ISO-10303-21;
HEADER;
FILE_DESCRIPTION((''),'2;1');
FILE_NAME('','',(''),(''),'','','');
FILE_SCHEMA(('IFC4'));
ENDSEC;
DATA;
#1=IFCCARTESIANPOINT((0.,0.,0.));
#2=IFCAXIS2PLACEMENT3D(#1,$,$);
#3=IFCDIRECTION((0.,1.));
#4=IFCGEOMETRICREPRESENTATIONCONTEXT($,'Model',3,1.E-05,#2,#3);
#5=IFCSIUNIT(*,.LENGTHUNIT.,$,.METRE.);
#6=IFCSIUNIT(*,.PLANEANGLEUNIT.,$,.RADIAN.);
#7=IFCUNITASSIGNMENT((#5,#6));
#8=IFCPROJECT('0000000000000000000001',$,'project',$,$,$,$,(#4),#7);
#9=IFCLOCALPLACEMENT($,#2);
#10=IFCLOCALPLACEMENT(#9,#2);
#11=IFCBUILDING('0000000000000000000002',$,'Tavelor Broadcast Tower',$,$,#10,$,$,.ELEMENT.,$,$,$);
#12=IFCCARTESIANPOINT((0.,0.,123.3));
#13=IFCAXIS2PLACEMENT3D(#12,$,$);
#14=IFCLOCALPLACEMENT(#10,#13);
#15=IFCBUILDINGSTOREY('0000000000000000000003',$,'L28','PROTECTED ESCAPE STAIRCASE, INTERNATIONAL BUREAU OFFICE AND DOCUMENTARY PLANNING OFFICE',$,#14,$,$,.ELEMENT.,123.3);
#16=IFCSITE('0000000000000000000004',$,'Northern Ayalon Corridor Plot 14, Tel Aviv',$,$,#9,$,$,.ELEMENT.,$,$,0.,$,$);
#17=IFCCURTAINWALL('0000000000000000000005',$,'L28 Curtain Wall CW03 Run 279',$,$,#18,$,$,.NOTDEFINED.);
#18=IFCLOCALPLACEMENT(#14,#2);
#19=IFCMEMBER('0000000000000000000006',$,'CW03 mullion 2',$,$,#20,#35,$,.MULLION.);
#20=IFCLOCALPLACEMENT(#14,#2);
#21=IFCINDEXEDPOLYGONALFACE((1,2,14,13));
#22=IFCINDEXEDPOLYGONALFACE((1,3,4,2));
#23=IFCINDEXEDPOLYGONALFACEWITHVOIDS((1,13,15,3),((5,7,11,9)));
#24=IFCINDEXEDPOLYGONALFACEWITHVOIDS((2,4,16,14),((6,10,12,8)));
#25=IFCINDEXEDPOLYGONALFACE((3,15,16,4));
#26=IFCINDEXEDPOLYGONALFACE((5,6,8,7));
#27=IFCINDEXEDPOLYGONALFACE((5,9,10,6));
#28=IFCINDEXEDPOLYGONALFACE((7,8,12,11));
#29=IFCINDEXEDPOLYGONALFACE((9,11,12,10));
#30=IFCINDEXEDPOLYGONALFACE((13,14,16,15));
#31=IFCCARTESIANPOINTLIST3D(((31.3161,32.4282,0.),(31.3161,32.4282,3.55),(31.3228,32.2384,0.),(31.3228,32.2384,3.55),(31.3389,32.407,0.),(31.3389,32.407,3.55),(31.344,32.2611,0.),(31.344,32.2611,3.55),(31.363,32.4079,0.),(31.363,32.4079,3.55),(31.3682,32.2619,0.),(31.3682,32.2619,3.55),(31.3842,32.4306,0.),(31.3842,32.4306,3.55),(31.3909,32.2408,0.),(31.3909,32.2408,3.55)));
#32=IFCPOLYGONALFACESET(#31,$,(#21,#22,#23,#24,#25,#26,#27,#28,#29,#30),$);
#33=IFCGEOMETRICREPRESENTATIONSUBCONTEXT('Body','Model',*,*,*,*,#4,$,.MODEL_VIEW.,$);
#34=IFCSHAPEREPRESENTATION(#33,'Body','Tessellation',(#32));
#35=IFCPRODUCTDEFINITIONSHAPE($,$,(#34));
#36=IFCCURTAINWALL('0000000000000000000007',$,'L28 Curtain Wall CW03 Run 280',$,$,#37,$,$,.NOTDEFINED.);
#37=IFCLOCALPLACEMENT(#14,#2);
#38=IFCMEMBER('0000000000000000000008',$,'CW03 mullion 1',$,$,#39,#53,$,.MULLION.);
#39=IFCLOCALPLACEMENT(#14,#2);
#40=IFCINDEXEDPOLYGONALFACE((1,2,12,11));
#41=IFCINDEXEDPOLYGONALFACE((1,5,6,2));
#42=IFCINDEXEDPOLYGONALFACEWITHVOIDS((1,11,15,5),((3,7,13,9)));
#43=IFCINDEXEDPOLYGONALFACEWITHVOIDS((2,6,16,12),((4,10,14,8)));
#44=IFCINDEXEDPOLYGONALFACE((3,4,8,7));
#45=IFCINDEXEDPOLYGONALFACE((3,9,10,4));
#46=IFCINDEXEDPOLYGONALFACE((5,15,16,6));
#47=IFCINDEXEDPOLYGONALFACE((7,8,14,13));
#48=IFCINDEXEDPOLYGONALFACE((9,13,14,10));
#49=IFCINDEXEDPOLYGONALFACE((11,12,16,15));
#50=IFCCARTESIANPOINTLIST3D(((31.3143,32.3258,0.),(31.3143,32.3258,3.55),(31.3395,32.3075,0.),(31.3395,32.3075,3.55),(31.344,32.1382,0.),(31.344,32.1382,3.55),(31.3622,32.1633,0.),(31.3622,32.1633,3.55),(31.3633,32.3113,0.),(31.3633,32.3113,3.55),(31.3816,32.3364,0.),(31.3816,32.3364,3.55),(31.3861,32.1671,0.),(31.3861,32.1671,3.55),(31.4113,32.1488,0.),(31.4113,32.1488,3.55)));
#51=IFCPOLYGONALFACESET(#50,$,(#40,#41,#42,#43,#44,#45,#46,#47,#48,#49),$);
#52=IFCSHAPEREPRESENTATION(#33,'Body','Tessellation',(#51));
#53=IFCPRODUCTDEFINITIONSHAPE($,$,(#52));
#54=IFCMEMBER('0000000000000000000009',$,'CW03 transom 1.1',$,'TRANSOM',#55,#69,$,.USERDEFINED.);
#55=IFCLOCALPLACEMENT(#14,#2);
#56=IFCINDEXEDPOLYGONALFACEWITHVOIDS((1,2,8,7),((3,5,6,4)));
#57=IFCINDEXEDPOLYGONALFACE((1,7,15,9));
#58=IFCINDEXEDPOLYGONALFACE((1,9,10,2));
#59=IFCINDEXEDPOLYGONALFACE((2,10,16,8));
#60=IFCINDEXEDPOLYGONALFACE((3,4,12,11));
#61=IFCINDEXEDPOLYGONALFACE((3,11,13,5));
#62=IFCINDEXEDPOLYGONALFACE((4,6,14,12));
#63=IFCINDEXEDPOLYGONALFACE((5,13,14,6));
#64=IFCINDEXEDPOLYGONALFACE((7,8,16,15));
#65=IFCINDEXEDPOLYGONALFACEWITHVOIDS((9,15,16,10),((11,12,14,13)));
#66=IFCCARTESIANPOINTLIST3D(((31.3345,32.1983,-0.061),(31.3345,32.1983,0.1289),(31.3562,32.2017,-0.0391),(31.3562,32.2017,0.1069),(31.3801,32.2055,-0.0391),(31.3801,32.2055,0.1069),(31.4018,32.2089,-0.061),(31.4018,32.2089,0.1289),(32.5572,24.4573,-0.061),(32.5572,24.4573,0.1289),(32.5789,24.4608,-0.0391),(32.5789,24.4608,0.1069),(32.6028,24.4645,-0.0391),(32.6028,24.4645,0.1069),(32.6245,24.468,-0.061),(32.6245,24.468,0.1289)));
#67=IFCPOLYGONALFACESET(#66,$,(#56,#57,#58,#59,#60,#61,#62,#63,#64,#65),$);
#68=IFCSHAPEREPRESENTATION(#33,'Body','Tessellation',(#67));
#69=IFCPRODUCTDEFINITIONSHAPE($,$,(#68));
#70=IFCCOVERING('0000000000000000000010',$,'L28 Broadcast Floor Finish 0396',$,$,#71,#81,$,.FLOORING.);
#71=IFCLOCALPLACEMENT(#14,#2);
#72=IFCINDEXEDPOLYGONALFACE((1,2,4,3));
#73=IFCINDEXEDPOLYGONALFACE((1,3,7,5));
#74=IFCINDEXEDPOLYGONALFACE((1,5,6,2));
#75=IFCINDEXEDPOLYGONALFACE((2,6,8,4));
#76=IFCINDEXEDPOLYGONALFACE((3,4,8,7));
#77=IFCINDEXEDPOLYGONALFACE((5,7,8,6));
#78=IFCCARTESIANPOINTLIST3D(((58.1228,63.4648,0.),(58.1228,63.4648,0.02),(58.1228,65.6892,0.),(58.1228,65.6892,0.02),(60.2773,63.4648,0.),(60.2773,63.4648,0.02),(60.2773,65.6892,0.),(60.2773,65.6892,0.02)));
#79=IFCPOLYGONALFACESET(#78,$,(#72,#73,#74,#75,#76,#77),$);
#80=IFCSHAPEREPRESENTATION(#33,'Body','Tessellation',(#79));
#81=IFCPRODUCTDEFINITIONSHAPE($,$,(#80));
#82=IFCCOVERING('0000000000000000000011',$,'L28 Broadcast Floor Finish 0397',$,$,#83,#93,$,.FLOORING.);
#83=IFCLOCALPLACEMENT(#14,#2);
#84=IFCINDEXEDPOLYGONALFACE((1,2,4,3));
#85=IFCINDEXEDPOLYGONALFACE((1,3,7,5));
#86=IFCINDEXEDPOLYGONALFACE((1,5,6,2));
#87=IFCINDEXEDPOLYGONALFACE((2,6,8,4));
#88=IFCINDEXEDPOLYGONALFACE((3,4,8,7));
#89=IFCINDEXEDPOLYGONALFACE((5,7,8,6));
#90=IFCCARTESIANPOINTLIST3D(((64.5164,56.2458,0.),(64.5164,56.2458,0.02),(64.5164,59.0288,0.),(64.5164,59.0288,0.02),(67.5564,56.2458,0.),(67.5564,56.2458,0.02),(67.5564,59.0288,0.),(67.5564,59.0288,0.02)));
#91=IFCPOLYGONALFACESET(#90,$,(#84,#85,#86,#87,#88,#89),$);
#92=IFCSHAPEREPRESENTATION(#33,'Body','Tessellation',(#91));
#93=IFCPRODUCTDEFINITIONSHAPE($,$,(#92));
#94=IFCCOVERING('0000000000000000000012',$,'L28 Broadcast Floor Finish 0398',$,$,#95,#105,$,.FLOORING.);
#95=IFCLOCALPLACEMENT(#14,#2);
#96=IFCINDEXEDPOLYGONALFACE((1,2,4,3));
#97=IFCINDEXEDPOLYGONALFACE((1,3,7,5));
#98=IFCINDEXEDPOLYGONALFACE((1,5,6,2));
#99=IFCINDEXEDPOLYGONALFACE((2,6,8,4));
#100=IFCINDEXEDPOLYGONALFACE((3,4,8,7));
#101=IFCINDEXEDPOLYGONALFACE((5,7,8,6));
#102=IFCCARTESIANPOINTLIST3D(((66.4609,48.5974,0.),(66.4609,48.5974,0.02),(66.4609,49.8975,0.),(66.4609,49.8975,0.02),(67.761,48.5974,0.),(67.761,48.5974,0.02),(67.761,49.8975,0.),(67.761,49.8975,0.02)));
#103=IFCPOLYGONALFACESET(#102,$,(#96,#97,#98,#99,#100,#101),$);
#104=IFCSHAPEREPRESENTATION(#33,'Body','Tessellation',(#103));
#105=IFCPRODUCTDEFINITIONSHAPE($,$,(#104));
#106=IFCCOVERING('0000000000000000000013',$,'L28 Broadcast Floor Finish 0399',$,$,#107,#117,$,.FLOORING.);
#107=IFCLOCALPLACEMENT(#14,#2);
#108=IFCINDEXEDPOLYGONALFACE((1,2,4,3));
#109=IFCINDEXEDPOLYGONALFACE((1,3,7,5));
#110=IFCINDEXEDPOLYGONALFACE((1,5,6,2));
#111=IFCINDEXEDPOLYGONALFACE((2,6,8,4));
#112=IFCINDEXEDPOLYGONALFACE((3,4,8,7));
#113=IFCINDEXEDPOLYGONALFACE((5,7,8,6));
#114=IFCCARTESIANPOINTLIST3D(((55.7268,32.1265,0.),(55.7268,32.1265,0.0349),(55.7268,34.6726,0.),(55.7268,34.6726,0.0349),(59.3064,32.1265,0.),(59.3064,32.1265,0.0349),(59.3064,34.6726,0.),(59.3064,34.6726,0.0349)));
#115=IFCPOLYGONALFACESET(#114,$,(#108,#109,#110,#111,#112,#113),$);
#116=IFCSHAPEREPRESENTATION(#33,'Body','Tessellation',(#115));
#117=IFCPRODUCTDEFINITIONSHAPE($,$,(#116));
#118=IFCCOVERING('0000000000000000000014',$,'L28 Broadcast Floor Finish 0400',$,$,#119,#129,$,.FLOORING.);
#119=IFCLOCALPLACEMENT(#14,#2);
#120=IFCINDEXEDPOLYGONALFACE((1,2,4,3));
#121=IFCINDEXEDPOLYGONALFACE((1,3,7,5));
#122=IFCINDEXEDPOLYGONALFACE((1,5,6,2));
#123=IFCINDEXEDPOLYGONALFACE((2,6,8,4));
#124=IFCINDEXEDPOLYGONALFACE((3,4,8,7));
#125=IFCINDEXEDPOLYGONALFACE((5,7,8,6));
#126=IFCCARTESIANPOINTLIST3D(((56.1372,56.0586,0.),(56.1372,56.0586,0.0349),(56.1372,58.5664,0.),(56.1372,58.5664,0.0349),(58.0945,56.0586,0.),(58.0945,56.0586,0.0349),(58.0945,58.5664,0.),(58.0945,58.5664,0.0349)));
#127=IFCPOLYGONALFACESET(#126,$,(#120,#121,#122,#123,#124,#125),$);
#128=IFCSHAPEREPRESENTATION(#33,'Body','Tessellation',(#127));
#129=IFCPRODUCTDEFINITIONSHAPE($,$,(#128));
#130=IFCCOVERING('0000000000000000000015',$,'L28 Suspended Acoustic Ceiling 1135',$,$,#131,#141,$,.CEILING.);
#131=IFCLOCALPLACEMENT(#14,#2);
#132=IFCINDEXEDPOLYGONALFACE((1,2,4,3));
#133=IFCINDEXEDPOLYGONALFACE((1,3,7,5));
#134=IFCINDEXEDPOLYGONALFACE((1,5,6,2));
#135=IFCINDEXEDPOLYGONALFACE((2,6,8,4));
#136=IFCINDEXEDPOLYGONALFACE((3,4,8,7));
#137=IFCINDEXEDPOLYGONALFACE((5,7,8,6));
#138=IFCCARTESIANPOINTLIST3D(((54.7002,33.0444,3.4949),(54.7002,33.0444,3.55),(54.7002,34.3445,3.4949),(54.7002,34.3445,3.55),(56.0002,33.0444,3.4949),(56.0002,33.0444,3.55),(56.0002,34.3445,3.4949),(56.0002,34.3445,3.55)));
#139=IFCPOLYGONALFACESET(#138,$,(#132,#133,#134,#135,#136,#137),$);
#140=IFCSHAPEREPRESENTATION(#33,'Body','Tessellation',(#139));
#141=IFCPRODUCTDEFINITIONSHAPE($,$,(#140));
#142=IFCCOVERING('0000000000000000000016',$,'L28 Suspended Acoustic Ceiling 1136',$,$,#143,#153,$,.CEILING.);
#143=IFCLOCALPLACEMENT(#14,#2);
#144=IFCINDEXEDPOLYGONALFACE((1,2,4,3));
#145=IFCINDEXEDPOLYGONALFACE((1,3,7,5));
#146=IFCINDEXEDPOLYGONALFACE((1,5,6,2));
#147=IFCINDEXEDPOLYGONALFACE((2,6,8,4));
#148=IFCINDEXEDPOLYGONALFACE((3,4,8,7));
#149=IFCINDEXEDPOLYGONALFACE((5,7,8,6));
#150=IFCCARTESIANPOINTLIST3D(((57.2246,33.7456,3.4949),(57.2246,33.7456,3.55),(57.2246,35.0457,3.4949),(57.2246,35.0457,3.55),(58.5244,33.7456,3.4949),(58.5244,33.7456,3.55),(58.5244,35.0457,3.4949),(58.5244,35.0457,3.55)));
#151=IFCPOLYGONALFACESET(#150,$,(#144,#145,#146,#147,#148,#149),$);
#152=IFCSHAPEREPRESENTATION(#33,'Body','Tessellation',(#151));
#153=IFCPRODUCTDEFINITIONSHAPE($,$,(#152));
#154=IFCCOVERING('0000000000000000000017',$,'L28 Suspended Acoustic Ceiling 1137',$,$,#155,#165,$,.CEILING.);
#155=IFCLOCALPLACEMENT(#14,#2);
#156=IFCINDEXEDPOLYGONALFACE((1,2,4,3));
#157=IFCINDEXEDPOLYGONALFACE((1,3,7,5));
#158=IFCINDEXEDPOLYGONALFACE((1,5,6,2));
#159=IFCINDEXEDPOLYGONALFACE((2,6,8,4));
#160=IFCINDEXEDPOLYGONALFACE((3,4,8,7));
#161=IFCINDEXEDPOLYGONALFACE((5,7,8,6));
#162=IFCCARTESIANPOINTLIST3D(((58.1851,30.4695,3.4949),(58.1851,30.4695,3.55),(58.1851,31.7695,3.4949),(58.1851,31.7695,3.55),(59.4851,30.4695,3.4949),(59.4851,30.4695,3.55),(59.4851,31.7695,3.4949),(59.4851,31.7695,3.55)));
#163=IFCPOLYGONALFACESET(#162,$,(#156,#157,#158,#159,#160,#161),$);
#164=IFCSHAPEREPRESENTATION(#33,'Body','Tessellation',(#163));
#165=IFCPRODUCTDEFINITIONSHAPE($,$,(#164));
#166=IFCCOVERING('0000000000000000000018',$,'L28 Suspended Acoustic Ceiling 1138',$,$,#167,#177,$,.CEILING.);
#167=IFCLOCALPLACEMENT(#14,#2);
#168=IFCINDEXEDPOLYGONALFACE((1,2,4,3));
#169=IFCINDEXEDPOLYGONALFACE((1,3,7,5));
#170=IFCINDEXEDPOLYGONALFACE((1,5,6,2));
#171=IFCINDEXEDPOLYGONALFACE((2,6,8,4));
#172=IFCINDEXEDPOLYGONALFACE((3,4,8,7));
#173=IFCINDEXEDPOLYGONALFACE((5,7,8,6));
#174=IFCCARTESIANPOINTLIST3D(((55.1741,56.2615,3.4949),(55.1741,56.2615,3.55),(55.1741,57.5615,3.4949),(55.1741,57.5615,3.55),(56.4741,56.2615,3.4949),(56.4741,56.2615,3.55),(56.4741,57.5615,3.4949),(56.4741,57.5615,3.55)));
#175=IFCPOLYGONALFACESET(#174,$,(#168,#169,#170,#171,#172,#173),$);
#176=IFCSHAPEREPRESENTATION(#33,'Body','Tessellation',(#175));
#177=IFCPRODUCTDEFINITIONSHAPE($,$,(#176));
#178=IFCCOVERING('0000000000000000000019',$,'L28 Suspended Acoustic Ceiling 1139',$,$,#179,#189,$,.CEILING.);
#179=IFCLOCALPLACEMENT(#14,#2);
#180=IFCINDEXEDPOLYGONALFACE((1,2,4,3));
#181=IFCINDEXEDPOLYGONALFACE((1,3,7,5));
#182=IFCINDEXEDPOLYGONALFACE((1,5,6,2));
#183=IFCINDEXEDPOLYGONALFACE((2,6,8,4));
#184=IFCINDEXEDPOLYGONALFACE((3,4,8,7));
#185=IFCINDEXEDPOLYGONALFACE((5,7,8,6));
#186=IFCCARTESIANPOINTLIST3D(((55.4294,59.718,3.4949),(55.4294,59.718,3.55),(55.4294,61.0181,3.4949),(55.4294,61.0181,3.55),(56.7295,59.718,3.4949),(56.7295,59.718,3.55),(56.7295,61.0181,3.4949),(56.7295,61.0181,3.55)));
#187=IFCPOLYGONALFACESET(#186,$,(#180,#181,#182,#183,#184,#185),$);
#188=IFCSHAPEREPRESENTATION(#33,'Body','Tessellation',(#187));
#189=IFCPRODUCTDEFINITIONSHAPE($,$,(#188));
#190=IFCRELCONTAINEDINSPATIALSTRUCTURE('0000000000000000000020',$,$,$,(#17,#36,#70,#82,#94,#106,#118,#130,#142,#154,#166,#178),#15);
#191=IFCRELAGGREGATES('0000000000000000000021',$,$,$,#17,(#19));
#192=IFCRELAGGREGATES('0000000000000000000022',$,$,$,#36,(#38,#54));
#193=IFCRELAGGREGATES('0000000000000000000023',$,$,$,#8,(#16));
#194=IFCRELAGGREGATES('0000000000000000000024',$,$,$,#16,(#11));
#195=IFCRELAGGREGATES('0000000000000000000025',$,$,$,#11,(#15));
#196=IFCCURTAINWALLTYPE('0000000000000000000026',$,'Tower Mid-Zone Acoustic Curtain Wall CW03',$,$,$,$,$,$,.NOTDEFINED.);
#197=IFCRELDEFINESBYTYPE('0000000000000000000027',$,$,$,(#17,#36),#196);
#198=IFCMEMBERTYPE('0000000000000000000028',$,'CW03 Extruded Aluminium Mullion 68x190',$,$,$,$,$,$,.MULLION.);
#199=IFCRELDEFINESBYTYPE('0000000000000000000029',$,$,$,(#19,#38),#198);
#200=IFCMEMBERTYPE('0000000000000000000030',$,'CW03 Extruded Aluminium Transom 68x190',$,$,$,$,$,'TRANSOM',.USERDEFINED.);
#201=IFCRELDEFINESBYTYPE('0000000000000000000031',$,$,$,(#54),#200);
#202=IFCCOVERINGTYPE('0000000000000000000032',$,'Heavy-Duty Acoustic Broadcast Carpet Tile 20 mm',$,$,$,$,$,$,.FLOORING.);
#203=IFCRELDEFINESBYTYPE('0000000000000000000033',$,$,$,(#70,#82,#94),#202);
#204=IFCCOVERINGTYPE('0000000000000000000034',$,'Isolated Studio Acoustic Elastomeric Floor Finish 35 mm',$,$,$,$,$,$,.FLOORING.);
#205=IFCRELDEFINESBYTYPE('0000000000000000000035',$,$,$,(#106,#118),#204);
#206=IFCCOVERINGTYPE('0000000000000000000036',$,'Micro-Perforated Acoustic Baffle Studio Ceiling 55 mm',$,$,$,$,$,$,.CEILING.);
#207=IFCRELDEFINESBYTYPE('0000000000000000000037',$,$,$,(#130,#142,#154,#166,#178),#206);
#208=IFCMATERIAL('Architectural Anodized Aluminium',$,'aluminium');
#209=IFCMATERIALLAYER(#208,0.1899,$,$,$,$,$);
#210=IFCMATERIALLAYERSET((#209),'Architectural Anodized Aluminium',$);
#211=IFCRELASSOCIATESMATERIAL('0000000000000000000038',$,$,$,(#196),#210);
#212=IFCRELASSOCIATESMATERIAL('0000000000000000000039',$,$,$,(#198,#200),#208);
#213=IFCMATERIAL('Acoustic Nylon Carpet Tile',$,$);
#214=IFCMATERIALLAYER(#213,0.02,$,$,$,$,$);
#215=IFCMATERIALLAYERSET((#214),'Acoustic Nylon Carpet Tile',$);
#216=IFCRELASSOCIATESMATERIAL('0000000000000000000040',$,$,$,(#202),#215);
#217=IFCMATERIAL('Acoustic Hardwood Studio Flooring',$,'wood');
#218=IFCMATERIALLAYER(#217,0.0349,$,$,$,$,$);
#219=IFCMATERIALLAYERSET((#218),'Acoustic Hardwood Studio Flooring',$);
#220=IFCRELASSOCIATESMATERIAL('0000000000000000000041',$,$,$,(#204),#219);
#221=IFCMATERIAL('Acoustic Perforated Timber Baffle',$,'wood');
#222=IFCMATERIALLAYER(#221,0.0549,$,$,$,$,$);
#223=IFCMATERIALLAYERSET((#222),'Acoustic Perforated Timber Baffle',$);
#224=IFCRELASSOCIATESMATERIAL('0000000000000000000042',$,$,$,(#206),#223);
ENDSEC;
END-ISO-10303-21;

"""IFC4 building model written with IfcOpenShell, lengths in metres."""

from ifc_helpers import new_model, si_unit, direction, frame, origin, origin_2d, place, context, subcontext, project, spatial, polyline, hollow_rectangle, outline, extrude, source, transform, mapped, material, layer, layer_set, material_profile, profile_set, type_object, type_shapes, element, aggregate, save


model = new_model("IFC4")

# Units and contexts
model_context = context("Model", 3, precision=1e-05, world=origin(), true_north=direction((0.0, 1.0)))
body_context = subcontext(model_context, "Body", "Model", "MODEL_VIEW")
ifc_project = project(units=[si_unit("LENGTHUNIT", "METRE"), si_unit("PLANEANGLEUNIT", "RADIAN")], contexts=[model_context])

# Site, building, storey
site_placement = place(None, origin())
site = spatial("IfcSite", under=ifc_project, at=site_placement, Name="Northern Ayalon Corridor Plot 14, Tel Aviv", CompositionType="ELEMENT", RefElevation=0.0)
building_placement = place(site_placement, origin())
building = spatial("IfcBuilding", under=site, at=building_placement, Name="Tavelor Broadcast Tower", CompositionType="ELEMENT")
storey_placement = place(building_placement, frame((0.0, 0.0, 123.3)))
storey = spatial("IfcBuildingStorey", under=building, at=storey_placement, Name="L28", Description="PROTECTED ESCAPE STAIRCASE, INTERNATIONAL BUREAU OFFICE AND DOCUMENTARY PLANNING OFFICE", CompositionType="ELEMENT", Elevation=123.3)

# Curtain wall, member
ifc_material_1 = material(Name="Architectural Anodized Aluminium", Category="aluminium")
ifc_layer_1 = layer(ifc_material_1, 0.1899)
ifc_layer_set_1 = layer_set([ifc_layer_1], Name="Architectural Anodized Aluminium")
curtain_wall_type = type_object("IfcCurtainWallType", Name="Tower Mid-Zone Acoustic Curtain Wall CW03", PredefinedType="NOTDEFINED", material=ifc_layer_set_1)
curtain_wall_1_placement = place(storey_placement, origin())
curtain_wall_1 = element("IfcCurtainWall", 1, at=curtain_wall_1_placement, inside=storey, type_object=curtain_wall_type, Name="L28 Curtain Wall CW03 Run 279", PredefinedType="NOTDEFINED")
ifc_material_profile_1 = material_profile(ifc_material_1, hollow_rectangle(XDim=0.0681, YDim=0.1899, WallThickness=0.022, at=origin_2d()), Name="RHS 68x190x22")
ifc_profile_set_1 = profile_set([ifc_material_profile_1], Name="Architectural Anodized Aluminium")
member_type_1 = type_object("IfcMemberType", Name="CW03 Extruded Aluminium Mullion 68x190", PredefinedType="MULLION", material=ifc_profile_set_1)
shared_shape_1 = source(origin(), body_context, "Body", "SweptSolid", [
    extrude(hollow_rectangle(XDim=0.0681, YDim=0.1899, WallThickness=0.022, at=origin_2d()), origin(), (0.0, 0.0, 1.0), 3.55),
])
type_shapes(member_type_1, [shared_shape_1])
member_1_placement = place(storey_placement, frame((31.3535, 32.3345, 0.0), z_axis=(0.0, 0.0, 1.0), x_axis=(0.999374, 0.035364, 0.0)))
member_1 = element("IfcMember", 2, at=member_1_placement, type_object=member_type_1, Name="CW03 mullion 2", PredefinedType="MULLION", context=body_context, shape_type="MappedRepresentation", body=[
    mapped(shared_shape_1, transform((0.0, 0.0, 0.0), scale=1.0)),
])
aggregate(curtain_wall_1, [member_1])

# Curtain wall, members
curtain_wall_2_placement = place(storey_placement, origin())
curtain_wall_2 = element("IfcCurtainWall", 3, at=curtain_wall_2_placement, inside=storey, type_object=curtain_wall_type, Name="L28 Curtain Wall CW03 Run 280", PredefinedType="NOTDEFINED")
member_2_placement = place(storey_placement, frame((31.3628, 32.2373, 0.0), z_axis=(0.0, 0.0, 1.0), x_axis=(0.987755, 0.156015, 0.0)))
member_2 = element("IfcMember", 4, at=member_2_placement, type_object=member_type_1, Name="CW03 mullion 1", PredefinedType="MULLION", context=body_context, shape_type="MappedRepresentation", body=[
    mapped(shared_shape_1, transform((0.0, 0.0, 0.0), scale=1.0)),
])
ifc_material_profile_2 = material_profile(ifc_material_1, hollow_rectangle(XDim=0.0681, YDim=0.1899, WallThickness=0.022, at=origin_2d()), Name="RHS 68x190x22")
ifc_profile_set_2 = profile_set([ifc_material_profile_2], Name="Architectural Anodized Aluminium")
member_type_2 = type_object("IfcMemberType", Name="CW03 Extruded Aluminium Transom 68x190", ElementType="TRANSOM", PredefinedType="USERDEFINED", material=ifc_profile_set_2)
shared_shape_2 = source(origin(), body_context, "Body", "SweptSolid", [
    extrude(hollow_rectangle(XDim=0.0681, YDim=0.1899, WallThickness=0.022, at=origin_2d()), origin(), (0.0, 0.0, 1.0), 7.8369),
])
type_shapes(member_type_2, [shared_shape_2])
member_3_placement = place(storey_placement, frame((31.3682, 32.2036, 0.0339), z_axis=(0.156012, -0.987755, 0.0), x_axis=(0.987755, 0.156012, 0.0)))
member_3 = element("IfcMember", 5, at=member_3_placement, type_object=member_type_2, Name="CW03 transom 1.1", ObjectType="TRANSOM", PredefinedType="USERDEFINED", context=body_context, shape_type="MappedRepresentation", body=[
    mapped(shared_shape_2, transform((0.0, 0.0, 0.0), scale=1.0)),
])
aggregate(curtain_wall_2, [member_2, member_3])

# Coverings
ifc_material_2 = material(Name="Acoustic Nylon Carpet Tile")
ifc_layer_2 = layer(ifc_material_2, 0.02)
ifc_layer_set_2 = layer_set([ifc_layer_2], Name="Acoustic Nylon Carpet Tile")
covering_type_1 = type_object("IfcCoveringType", Name="Heavy-Duty Acoustic Broadcast Carpet Tile 20 mm", PredefinedType="FLOORING", material=ifc_layer_set_2)
covering_1_placement = place(storey_placement, origin())
element("IfcCovering", 6, at=covering_1_placement, inside=storey, type_object=covering_type_1, Name="L28 Broadcast Floor Finish 0396", PredefinedType="FLOORING", context=body_context, shape_type="SweptSolid", body=[
    extrude(outline(polyline([(58.1228, 63.4648), (60.2773, 63.4648), (60.2773, 65.6892), (58.1228, 65.6892), (58.1228, 63.4648)])), origin(), (0.0, 0.0, 1.0), 0.02),
])
covering_2_placement = place(storey_placement, origin())
element("IfcCovering", 7, at=covering_2_placement, inside=storey, type_object=covering_type_1, Name="L28 Broadcast Floor Finish 0397", PredefinedType="FLOORING", context=body_context, shape_type="SweptSolid", body=[
    extrude(outline(polyline([(64.5164, 56.2458), (67.5564, 56.2458), (67.5564, 59.0288), (64.5164, 59.0288), (64.5164, 56.2458)])), origin(), (0.0, 0.0, 1.0), 0.02),
])
covering_3_placement = place(storey_placement, origin())
element("IfcCovering", 8, at=covering_3_placement, inside=storey, type_object=covering_type_1, Name="L28 Broadcast Floor Finish 0398", PredefinedType="FLOORING", context=body_context, shape_type="SweptSolid", body=[
    extrude(outline(polyline([(66.4609, 48.5974), (67.761, 48.5974), (67.761, 49.8975), (66.4609, 49.8975), (66.4609, 48.5974)])), origin(), (0.0, 0.0, 1.0), 0.02),
])
ifc_material_3 = material(Name="Acoustic Hardwood Studio Flooring", Category="wood")
ifc_layer_3 = layer(ifc_material_3, 0.0349)
ifc_layer_set_3 = layer_set([ifc_layer_3], Name="Acoustic Hardwood Studio Flooring")
covering_type_2 = type_object("IfcCoveringType", Name="Isolated Studio Acoustic Elastomeric Floor Finish 35 mm", PredefinedType="FLOORING", material=ifc_layer_set_3)
covering_4_placement = place(storey_placement, origin())
element("IfcCovering", 9, at=covering_4_placement, inside=storey, type_object=covering_type_2, Name="L28 Broadcast Floor Finish 0399", PredefinedType="FLOORING", context=body_context, shape_type="SweptSolid", body=[
    extrude(outline(polyline([(55.7268, 32.1265), (59.3064, 32.1265), (59.3064, 34.6726), (55.7268, 34.6726), (55.7268, 32.1265)])), origin(), (0.0, 0.0, 1.0), 0.0349),
])
covering_5_placement = place(storey_placement, origin())
element("IfcCovering", 10, at=covering_5_placement, inside=storey, type_object=covering_type_2, Name="L28 Broadcast Floor Finish 0400", PredefinedType="FLOORING", context=body_context, shape_type="SweptSolid", body=[
    extrude(outline(polyline([(56.1372, 56.0586), (58.0945, 56.0586), (58.0945, 58.5664), (56.1372, 58.5664), (56.1372, 56.0586)])), origin(), (0.0, 0.0, 1.0), 0.0349),
])
ifc_material_4 = material(Name="Acoustic Perforated Timber Baffle", Category="wood")
ifc_layer_4 = layer(ifc_material_4, 0.0549)
ifc_layer_set_4 = layer_set([ifc_layer_4], Name="Acoustic Perforated Timber Baffle")
covering_type_3 = type_object("IfcCoveringType", Name="Micro-Perforated Acoustic Baffle Studio Ceiling 55 mm", PredefinedType="CEILING", material=ifc_layer_set_4)
covering_6_placement = place(storey_placement, frame((0.0, 0.0, 3.4949)))
element("IfcCovering", 11, at=covering_6_placement, inside=storey, type_object=covering_type_3, Name="L28 Suspended Acoustic Ceiling 1135", PredefinedType="CEILING", context=body_context, shape_type="SweptSolid", body=[
    extrude(outline(polyline([(54.7002, 33.0444), (56.0002, 33.0444), (56.0002, 34.3445), (54.7002, 34.3445), (54.7002, 33.0444)])), origin(), (0.0, 0.0, 1.0), 0.0552),
])
covering_7_placement = place(storey_placement, frame((0.0, 0.0, 3.4949)))
element("IfcCovering", 12, at=covering_7_placement, inside=storey, type_object=covering_type_3, Name="L28 Suspended Acoustic Ceiling 1136", PredefinedType="CEILING", context=body_context, shape_type="SweptSolid", body=[
    extrude(outline(polyline([(57.2246, 33.7456), (58.5244, 33.7456), (58.5244, 35.0457), (57.2246, 35.0457), (57.2246, 33.7456)])), origin(), (0.0, 0.0, 1.0), 0.0552),
])
covering_8_placement = place(storey_placement, frame((0.0, 0.0, 3.4949)))
element("IfcCovering", 13, at=covering_8_placement, inside=storey, type_object=covering_type_3, Name="L28 Suspended Acoustic Ceiling 1137", PredefinedType="CEILING", context=body_context, shape_type="SweptSolid", body=[
    extrude(outline(polyline([(58.1851, 30.4695), (59.4851, 30.4695), (59.4851, 31.7695), (58.1851, 31.7695), (58.1851, 30.4695)])), origin(), (0.0, 0.0, 1.0), 0.0552),
])
covering_9_placement = place(storey_placement, frame((0.0, 0.0, 3.4949)))
element("IfcCovering", 14, at=covering_9_placement, inside=storey, type_object=covering_type_3, Name="L28 Suspended Acoustic Ceiling 1138", PredefinedType="CEILING", context=body_context, shape_type="SweptSolid", body=[
    extrude(outline(polyline([(55.1741, 56.2615), (56.4741, 56.2615), (56.4741, 57.5615), (55.1741, 57.5615), (55.1741, 56.2615)])), origin(), (0.0, 0.0, 1.0), 0.0552),
])
covering_10_placement = place(storey_placement, frame((0.0, 0.0, 3.4949)))
element("IfcCovering", 15, at=covering_10_placement, inside=storey, type_object=covering_type_3, Name="L28 Suspended Acoustic Ceiling 1139", PredefinedType="CEILING", context=body_context, shape_type="SweptSolid", body=[
    extrude(outline(polyline([(55.4294, 59.718), (56.7295, 59.718), (56.7295, 61.0181), (55.4294, 61.0181), (55.4294, 59.718)])), origin(), (0.0, 0.0, 1.0), 0.0552),
])

save(model, "model.ifc")
